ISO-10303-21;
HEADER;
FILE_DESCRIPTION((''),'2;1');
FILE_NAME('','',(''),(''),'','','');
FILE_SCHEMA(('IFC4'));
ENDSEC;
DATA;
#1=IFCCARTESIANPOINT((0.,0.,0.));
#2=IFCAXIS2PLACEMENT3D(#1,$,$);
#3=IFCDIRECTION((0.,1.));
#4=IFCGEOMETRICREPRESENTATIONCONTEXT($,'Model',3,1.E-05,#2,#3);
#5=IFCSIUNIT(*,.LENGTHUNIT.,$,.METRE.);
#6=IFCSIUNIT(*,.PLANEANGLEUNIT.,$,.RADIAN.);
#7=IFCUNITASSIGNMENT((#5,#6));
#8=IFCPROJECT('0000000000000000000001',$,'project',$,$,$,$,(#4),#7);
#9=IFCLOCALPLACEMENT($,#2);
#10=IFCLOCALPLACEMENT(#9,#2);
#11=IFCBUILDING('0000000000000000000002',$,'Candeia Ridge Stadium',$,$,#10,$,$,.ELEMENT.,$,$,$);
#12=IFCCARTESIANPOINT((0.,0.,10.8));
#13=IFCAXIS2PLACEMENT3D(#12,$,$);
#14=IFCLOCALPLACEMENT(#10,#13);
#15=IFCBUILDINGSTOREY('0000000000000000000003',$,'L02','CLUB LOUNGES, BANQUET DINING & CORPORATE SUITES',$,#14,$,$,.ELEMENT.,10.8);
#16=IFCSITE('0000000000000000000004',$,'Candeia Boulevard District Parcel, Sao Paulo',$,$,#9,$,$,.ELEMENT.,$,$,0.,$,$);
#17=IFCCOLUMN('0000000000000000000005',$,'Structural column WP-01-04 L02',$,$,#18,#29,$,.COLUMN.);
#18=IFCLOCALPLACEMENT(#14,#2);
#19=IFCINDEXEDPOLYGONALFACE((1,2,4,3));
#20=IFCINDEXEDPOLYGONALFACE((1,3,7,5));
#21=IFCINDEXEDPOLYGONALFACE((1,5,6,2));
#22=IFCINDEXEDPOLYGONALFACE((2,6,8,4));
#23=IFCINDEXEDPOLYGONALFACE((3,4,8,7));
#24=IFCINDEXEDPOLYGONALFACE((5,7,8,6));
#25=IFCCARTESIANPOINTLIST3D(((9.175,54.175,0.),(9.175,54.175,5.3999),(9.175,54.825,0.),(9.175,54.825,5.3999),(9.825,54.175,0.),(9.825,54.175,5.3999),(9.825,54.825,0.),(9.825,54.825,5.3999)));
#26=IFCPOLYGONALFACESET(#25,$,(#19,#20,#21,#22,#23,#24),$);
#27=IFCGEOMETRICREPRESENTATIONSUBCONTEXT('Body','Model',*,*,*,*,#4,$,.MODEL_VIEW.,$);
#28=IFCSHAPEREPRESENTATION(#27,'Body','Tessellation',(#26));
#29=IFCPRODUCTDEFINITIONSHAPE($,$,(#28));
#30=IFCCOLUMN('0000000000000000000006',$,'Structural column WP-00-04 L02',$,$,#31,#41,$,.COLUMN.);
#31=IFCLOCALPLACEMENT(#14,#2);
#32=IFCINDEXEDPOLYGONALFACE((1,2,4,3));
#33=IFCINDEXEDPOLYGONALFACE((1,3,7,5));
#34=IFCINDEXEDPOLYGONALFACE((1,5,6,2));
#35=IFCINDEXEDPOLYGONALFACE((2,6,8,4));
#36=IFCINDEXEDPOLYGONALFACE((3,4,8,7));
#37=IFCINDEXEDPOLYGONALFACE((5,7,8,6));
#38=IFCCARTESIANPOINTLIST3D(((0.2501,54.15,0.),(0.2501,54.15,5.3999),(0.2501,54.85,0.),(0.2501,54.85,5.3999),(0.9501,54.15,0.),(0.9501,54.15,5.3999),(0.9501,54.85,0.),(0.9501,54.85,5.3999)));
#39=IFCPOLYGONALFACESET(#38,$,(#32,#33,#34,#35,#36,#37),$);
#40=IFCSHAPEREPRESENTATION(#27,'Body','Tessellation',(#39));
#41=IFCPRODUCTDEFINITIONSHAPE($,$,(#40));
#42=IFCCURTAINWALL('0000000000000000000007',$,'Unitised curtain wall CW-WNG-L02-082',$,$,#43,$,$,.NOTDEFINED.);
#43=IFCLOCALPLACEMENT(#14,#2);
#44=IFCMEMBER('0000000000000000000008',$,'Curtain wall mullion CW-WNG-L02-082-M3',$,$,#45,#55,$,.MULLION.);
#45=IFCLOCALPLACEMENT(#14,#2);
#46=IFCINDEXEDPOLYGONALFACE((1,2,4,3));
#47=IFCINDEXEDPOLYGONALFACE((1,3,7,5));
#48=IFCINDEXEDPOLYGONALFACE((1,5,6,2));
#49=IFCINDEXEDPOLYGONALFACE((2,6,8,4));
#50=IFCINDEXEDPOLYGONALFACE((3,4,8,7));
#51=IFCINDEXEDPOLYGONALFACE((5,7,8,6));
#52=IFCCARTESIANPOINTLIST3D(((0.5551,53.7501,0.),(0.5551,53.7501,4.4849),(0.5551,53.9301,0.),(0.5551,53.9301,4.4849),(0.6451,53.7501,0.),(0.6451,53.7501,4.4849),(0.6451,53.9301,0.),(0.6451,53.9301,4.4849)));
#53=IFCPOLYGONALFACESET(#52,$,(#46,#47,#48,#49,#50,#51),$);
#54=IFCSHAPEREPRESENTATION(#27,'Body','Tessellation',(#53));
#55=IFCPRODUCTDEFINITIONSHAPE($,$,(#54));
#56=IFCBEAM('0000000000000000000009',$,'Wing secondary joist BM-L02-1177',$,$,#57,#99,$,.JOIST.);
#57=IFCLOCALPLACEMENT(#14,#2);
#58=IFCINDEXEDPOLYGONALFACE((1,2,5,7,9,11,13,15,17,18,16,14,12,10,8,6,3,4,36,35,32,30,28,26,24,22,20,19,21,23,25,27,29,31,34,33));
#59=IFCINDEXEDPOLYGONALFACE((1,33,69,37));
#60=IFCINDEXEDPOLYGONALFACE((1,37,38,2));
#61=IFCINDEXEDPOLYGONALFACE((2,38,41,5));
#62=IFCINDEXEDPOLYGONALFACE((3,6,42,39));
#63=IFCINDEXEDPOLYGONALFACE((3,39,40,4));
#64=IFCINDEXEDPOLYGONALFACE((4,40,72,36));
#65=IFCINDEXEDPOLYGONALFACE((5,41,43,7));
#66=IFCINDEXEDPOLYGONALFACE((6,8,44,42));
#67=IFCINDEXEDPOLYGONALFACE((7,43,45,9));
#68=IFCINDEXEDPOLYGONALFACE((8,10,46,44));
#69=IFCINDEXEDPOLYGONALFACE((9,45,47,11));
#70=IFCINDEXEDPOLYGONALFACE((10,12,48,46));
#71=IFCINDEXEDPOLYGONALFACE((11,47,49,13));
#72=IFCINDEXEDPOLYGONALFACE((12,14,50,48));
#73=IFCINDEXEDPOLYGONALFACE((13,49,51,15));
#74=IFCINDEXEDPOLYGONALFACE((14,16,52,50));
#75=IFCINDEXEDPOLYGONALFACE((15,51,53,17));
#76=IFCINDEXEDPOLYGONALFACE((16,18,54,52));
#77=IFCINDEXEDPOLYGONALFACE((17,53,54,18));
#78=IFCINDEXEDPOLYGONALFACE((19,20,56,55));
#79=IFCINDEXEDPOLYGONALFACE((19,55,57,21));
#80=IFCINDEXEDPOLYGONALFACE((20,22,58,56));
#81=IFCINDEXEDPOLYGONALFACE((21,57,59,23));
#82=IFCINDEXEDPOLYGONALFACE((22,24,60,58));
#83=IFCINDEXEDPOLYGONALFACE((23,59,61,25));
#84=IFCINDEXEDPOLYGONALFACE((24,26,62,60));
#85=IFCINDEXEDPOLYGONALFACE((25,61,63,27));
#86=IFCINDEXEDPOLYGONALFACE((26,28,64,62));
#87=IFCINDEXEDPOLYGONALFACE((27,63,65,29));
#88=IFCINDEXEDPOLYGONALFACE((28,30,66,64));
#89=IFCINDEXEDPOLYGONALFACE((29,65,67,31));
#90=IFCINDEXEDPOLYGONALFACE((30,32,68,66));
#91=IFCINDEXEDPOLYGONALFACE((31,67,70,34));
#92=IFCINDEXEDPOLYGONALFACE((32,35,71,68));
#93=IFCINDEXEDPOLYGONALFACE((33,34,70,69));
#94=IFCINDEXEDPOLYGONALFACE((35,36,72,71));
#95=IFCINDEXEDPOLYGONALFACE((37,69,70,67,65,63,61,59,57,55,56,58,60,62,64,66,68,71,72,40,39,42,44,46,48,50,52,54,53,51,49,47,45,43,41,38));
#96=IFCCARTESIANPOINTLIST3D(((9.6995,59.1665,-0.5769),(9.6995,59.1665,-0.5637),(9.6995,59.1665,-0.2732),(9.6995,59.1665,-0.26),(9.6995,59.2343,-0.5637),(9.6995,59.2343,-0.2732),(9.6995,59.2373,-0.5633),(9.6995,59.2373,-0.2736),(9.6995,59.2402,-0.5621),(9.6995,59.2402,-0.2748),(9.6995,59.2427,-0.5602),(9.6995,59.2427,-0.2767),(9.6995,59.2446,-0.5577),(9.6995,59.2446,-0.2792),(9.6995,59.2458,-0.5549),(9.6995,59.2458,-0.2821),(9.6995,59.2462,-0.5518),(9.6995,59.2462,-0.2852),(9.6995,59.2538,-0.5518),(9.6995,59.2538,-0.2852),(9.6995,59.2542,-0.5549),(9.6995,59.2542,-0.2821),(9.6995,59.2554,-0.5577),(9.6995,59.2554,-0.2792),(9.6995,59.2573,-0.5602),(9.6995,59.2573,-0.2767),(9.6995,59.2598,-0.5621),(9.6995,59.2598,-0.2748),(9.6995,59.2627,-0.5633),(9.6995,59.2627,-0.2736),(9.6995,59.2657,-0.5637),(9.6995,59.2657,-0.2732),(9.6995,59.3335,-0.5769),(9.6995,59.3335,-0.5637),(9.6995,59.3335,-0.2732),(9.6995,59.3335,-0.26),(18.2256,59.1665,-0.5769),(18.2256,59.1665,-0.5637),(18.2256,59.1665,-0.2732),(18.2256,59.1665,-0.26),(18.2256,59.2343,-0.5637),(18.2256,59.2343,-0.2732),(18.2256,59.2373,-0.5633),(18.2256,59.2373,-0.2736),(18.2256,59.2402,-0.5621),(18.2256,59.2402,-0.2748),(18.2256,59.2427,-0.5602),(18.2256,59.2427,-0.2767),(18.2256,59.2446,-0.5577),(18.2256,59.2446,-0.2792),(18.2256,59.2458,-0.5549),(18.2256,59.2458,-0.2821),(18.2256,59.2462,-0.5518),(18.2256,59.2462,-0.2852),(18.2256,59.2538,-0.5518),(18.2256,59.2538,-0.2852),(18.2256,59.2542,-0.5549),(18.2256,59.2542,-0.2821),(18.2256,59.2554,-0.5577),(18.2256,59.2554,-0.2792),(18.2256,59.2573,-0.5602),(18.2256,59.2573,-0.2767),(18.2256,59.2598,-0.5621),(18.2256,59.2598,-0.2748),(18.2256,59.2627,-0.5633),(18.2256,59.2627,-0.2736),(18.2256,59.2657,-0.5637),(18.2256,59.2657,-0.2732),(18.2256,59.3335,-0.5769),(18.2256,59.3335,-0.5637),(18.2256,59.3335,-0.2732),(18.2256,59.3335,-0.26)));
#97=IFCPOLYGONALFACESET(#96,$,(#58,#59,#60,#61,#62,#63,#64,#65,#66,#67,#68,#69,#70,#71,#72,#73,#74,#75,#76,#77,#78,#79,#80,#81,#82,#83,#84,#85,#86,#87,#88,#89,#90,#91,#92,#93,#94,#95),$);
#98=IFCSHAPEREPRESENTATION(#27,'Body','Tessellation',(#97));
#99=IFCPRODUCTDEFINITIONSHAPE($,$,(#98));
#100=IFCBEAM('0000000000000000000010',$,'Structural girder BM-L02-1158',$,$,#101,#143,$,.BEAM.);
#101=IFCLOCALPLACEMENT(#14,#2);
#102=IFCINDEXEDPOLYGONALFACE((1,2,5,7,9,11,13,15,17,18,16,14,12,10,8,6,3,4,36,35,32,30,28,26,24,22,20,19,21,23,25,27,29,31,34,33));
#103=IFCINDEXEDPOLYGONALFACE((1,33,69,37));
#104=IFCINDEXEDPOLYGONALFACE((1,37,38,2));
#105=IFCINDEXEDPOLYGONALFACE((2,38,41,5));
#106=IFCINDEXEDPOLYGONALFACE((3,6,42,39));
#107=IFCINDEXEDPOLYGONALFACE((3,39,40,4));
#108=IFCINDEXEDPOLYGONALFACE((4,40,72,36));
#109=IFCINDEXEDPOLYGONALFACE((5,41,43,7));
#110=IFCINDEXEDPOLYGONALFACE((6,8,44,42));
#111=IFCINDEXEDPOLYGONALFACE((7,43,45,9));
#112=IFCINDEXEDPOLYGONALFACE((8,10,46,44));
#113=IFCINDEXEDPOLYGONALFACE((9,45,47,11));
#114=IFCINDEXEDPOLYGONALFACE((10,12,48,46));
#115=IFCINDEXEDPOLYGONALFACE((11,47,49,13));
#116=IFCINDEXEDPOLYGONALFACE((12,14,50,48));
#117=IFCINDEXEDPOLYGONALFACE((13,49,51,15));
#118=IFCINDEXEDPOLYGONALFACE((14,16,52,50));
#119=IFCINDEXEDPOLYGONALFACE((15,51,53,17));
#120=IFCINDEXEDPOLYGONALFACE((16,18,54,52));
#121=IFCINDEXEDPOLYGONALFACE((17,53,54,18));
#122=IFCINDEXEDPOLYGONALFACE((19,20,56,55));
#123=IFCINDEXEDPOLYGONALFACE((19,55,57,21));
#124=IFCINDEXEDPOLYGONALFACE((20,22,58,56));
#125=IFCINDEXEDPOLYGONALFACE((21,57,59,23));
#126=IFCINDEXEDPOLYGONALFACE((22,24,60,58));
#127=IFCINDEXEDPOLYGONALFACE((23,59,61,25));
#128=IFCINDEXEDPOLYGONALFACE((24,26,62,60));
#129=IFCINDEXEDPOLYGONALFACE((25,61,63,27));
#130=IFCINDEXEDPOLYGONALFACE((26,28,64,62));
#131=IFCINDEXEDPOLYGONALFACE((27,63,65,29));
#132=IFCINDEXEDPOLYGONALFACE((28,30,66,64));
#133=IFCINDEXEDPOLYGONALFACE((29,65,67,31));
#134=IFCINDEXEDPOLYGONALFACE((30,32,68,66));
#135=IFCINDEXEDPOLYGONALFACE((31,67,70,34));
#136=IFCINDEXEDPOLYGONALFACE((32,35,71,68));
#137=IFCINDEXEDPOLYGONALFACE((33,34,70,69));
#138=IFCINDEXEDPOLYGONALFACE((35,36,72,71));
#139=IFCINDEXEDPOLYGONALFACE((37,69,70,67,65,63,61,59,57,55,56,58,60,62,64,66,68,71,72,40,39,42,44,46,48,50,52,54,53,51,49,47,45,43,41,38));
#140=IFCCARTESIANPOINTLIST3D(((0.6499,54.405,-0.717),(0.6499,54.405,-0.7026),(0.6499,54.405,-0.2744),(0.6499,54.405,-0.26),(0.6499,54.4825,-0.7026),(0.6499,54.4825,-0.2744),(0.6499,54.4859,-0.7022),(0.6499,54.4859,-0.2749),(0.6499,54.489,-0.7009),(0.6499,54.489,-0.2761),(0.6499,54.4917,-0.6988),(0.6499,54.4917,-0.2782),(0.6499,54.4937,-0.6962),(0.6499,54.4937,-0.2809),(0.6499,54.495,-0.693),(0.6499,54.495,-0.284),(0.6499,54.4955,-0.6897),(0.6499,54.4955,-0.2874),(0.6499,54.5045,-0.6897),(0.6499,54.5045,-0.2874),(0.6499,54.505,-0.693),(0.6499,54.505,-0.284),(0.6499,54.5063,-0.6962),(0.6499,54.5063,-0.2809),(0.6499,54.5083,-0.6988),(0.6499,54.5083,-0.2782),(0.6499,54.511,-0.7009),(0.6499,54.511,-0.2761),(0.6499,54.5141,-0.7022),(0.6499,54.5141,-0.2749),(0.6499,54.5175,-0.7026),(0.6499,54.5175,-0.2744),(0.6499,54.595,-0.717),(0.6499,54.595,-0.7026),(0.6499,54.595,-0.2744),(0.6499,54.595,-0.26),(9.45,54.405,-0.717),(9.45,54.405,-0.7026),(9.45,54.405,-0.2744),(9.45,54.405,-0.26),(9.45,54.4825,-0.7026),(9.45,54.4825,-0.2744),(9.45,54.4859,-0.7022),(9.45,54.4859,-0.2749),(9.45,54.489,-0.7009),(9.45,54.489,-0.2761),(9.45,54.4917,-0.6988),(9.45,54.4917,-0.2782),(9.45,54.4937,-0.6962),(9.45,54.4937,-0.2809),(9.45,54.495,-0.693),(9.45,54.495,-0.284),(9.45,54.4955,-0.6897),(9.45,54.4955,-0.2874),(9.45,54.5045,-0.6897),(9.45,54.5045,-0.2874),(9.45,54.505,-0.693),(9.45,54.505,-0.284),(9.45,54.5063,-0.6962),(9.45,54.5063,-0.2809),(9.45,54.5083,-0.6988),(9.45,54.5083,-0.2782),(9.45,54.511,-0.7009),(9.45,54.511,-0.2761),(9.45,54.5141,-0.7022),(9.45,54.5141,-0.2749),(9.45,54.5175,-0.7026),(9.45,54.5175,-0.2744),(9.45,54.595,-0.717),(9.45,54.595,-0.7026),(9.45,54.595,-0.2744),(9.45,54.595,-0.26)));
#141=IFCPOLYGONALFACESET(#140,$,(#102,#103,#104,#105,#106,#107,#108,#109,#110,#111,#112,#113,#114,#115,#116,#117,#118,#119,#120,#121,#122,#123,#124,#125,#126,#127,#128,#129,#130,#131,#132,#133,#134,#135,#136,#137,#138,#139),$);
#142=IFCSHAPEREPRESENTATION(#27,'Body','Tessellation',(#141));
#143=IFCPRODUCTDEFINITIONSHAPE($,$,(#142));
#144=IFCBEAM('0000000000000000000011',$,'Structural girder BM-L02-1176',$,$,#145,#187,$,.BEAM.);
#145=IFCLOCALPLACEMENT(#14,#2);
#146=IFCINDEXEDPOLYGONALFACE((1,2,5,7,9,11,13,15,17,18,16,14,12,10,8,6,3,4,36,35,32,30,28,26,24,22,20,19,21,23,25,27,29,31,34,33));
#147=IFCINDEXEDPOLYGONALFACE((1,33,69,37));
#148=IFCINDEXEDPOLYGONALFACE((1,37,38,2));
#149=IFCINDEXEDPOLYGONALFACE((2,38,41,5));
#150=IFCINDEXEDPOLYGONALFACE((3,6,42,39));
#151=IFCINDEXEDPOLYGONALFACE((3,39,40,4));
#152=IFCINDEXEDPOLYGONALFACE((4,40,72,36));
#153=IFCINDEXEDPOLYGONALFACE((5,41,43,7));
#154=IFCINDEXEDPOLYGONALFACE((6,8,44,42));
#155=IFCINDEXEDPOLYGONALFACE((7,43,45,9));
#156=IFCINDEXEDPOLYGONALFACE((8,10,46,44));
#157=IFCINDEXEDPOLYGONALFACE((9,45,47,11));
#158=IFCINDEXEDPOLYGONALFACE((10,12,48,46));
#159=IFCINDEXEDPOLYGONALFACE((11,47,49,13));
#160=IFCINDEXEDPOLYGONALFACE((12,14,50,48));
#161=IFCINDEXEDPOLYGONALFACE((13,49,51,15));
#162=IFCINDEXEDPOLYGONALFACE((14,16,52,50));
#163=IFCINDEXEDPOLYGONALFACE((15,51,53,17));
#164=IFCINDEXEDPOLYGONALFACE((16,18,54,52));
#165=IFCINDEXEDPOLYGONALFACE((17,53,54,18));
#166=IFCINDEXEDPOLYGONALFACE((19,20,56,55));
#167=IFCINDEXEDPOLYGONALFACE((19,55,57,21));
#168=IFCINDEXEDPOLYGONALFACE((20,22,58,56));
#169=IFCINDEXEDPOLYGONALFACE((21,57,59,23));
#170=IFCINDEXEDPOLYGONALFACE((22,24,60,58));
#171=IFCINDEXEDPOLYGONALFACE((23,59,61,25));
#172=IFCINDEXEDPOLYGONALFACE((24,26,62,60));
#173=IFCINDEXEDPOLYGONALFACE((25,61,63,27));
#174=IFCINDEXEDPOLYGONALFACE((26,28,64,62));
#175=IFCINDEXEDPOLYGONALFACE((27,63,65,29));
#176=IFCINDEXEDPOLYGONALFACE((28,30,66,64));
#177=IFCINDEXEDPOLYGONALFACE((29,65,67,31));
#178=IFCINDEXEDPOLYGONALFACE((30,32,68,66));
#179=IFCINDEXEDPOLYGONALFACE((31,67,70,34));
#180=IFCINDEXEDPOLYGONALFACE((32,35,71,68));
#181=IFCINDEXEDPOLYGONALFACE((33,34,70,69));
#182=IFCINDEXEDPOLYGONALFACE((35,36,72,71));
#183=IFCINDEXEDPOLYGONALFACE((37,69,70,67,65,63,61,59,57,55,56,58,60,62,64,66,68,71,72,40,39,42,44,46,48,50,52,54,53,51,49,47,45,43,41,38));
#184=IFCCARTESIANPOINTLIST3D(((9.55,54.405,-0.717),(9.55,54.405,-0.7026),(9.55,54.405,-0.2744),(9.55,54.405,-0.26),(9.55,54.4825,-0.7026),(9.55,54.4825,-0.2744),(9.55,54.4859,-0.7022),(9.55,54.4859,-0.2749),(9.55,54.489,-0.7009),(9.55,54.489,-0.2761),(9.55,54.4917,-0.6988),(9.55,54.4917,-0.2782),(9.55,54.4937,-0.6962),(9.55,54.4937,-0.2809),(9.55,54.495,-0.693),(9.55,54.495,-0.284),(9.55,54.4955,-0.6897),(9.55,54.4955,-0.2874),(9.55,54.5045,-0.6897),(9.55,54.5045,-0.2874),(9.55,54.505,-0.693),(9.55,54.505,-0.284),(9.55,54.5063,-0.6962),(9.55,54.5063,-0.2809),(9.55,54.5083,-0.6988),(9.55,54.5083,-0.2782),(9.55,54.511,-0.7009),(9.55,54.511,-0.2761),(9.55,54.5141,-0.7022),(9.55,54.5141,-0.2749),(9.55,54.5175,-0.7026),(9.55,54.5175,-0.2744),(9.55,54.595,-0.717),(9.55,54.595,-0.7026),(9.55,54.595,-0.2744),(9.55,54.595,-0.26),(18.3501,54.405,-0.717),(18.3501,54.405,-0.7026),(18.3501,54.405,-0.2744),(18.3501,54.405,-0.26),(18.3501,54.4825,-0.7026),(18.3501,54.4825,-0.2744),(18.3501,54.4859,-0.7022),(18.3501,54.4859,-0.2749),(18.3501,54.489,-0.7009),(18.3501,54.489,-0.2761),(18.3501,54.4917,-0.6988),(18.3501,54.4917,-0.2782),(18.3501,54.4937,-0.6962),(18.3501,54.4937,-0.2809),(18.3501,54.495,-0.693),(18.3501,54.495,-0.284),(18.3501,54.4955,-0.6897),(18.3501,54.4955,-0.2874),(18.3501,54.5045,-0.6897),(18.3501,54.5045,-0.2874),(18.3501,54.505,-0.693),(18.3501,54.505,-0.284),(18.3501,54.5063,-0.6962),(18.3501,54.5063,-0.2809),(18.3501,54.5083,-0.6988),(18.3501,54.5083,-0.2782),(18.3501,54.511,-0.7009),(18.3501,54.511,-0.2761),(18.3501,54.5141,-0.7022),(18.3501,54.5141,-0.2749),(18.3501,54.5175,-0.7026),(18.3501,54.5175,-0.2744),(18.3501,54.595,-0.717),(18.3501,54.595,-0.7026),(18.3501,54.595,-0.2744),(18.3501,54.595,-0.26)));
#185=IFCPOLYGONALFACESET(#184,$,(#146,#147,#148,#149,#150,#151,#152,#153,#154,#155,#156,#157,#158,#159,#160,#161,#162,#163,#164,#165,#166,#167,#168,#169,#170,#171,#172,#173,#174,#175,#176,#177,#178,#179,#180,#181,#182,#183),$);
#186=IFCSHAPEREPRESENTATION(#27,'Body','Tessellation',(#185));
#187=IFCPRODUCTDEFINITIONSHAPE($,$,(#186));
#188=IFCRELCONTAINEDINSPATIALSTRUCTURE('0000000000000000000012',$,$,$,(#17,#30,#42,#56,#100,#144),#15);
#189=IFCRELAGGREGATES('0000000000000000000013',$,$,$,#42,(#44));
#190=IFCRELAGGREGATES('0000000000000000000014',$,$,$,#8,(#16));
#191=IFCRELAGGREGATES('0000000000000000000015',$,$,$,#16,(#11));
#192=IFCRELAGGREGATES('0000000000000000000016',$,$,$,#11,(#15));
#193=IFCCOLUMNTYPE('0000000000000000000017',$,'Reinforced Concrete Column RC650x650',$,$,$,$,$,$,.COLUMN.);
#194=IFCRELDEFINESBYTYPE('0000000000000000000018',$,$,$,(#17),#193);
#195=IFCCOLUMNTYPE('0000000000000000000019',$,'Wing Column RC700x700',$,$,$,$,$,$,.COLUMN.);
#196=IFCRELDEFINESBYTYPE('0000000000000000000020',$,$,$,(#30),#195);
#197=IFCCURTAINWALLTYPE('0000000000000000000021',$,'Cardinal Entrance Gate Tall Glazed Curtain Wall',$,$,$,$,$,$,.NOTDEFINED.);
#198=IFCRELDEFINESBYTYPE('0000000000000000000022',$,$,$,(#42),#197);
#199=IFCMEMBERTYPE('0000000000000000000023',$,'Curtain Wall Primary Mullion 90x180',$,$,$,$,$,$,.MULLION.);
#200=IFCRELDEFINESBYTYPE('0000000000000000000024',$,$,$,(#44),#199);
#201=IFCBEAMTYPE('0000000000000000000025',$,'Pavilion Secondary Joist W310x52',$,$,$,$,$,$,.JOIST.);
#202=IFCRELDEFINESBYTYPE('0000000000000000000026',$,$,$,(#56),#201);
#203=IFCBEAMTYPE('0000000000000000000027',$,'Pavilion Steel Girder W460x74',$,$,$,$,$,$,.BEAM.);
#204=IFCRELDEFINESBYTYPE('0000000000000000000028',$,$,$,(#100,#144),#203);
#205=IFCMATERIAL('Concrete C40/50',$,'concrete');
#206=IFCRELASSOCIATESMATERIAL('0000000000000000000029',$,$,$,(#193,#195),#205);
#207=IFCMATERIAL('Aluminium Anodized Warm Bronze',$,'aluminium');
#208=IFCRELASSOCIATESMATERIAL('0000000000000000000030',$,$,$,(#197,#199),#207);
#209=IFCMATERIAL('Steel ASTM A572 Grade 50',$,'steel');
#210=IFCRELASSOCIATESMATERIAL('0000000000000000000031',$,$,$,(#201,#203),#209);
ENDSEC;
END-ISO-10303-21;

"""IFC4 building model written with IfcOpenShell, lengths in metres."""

from ifc_helpers import new_model, si_unit, direction, frame, origin, origin_2d, place, context, subcontext, project, spatial, rectangle, i_section, extrude, material, material_profile, profile_set, type_object, element, aggregate, save


model = new_model("IFC4")

# Units and contexts
model_context = context("Model", 3, precision=1e-05, world=origin(), true_north=direction((0.0, 1.0)))
body_context = subcontext(model_context, "Body", "Model", "MODEL_VIEW")
ifc_project = project(units=[si_unit("LENGTHUNIT", "METRE"), si_unit("PLANEANGLEUNIT", "RADIAN")], contexts=[model_context])

# Site, building, storey
site_placement = place(None, origin())
site = spatial("IfcSite", under=ifc_project, at=site_placement, Name="Candeia Boulevard District Parcel, Sao Paulo", CompositionType="ELEMENT", RefElevation=0.0)
building_placement = place(site_placement, origin())
building = spatial("IfcBuilding", under=site, at=building_placement, Name="Candeia Ridge Stadium", CompositionType="ELEMENT")
storey_placement = place(building_placement, frame((0.0, 0.0, 10.8)))
storey = spatial("IfcBuildingStorey", under=building, at=storey_placement, Name="L02", Description="CLUB LOUNGES, BANQUET DINING & CORPORATE SUITES", CompositionType="ELEMENT", Elevation=10.8)

# Columns
ifc_material_1 = material(Name="Concrete C40/50", Category="concrete")
ifc_material_profile_1 = material_profile(ifc_material_1, rectangle(XDim=0.6499, YDim=0.6499, at=origin_2d()), Name="RC650x650", Category="concrete")
ifc_profile_set_1 = profile_set([ifc_material_profile_1], Name="Concrete C40/50")
column_type_1 = type_object("IfcColumnType", Name="Reinforced Concrete Column RC650x650", PredefinedType="COLUMN", material=ifc_profile_set_1)
column_1_placement = place(storey_placement, frame((9.5, 54.5, 0.0), z_axis=(0.0, 0.0, 1.0), x_axis=(1.0, 0.0, 0.0)))
element("IfcColumn", 1, at=column_1_placement, inside=storey, type_object=column_type_1, Name="Structural column WP-01-04 L02", PredefinedType="COLUMN", context=body_context, shape_type="SweptSolid", body=[
    extrude(rectangle(XDim=0.6499, YDim=0.6499, at=origin_2d()), origin(), (0.0, 0.0, 1.0), 5.3999),
])
ifc_material_profile_2 = material_profile(ifc_material_1, rectangle(XDim=0.7, YDim=0.7, at=origin_2d()), Name="RC700x700", Category="concrete")
ifc_profile_set_2 = profile_set([ifc_material_profile_2], Name="Concrete C40/50")
column_type_2 = type_object("IfcColumnType", Name="Wing Column RC700x700", PredefinedType="COLUMN", material=ifc_profile_set_2)
column_2_placement = place(storey_placement, frame((0.6001, 54.5, 0.0), z_axis=(0.0, 0.0, 1.0), x_axis=(1.0, 0.0, 0.0)))
element("IfcColumn", 2, at=column_2_placement, inside=storey, type_object=column_type_2, Name="Structural column WP-00-04 L02", PredefinedType="COLUMN", context=body_context, shape_type="SweptSolid", body=[
    extrude(rectangle(XDim=0.7, YDim=0.7, at=origin_2d()), origin(), (0.0, 0.0, 1.0), 5.3999),
])

# Curtain wall, member
ifc_material_2 = material(Name="Aluminium Anodized Warm Bronze", Category="aluminium")
curtain_wall_type = type_object("IfcCurtainWallType", Name="Cardinal Entrance Gate Tall Glazed Curtain Wall", PredefinedType="NOTDEFINED", material=ifc_material_2)
curtain_wall_placement = place(storey_placement, origin())
curtain_wall = element("IfcCurtainWall", 3, at=curtain_wall_placement, inside=storey, type_object=curtain_wall_type, Name="Unitised curtain wall CW-WNG-L02-082", PredefinedType="NOTDEFINED")
ifc_material_profile_3 = material_profile(ifc_material_2, rectangle(XDim=0.0901, YDim=0.1799, at=origin_2d()), Name="CWM-90x180", Category="aluminium")
ifc_profile_set_3 = profile_set([ifc_material_profile_3], Name="Aluminium Anodized Warm Bronze")
member_type = type_object("IfcMemberType", Name="Curtain Wall Primary Mullion 90x180", PredefinedType="MULLION", material=ifc_profile_set_3)
member_placement = place(storey_placement, frame((0.6001, 53.8401, 0.0), z_axis=(0.0, 0.0, 1.0), x_axis=(1.0, 0.0, 0.0)))
member = element("IfcMember", 4, at=member_placement, type_object=member_type, Name="Curtain wall mullion CW-WNG-L02-082-M3", PredefinedType="MULLION", context=body_context, shape_type="SweptSolid", body=[
    extrude(rectangle(XDim=0.0901, YDim=0.1799, at=origin_2d()), origin(), (0.0, 0.0, 1.0), 4.4849),
])

# Beams
ifc_material_3 = material(Name="Steel ASTM A572 Grade 50", Category="steel")
ifc_material_profile_4 = material_profile(ifc_material_3, i_section(OverallWidth=0.167, OverallDepth=0.3169, WebThickness=0.0076, FlangeThickness=0.0132, FilletRadius=0.012, at=origin_2d()), Name="W310x52", Category="steel")
ifc_profile_set_4 = profile_set([ifc_material_profile_4], Name="Steel ASTM A572 Grade 50")
beam_type_1 = type_object("IfcBeamType", Name="Pavilion Secondary Joist W310x52", PredefinedType="JOIST", material=ifc_profile_set_4)
beam_1_placement = place(storey_placement, frame((9.6995, 59.25, -0.4185), z_axis=(1.0, 0.0, 0.0), x_axis=(0.0, 1.0, 0.0)))
element("IfcBeam", 5, at=beam_1_placement, inside=storey, type_object=beam_type_1, Name="Wing secondary joist BM-L02-1177", PredefinedType="JOIST", context=body_context, shape_type="SweptSolid", body=[
    extrude(i_section(OverallWidth=0.167, OverallDepth=0.3169, WebThickness=0.0076, FlangeThickness=0.0132, FilletRadius=0.012, at=origin_2d()), origin(), (0.0, 0.0, 1.0), 8.5261),
])
ifc_material_profile_5 = material_profile(ifc_material_3, i_section(OverallWidth=0.1899, OverallDepth=0.457, WebThickness=0.009, FlangeThickness=0.0144, FilletRadius=0.0129, at=origin_2d()), Name="W460x74", Category="steel")
ifc_profile_set_5 = profile_set([ifc_material_profile_5], Name="Steel ASTM A572 Grade 50")
beam_type_2 = type_object("IfcBeamType", Name="Pavilion Steel Girder W460x74", PredefinedType="BEAM", material=ifc_profile_set_5)
for number, where, z_axis, x_axis, name in (
    (6, (0.6499, 54.5, -0.4885), (1.0, 0.0, 0.0), (0.0, 1.0, 0.0), "Structural girder BM-L02-1158"),
    (7, (9.55, 54.5, -0.4885), (1.0, 0.0, 0.0), (0.0, 1.0, 0.0), "Structural girder BM-L02-1176"),
):
    element("IfcBeam", number, at=place(storey_placement, frame(where, z_axis=z_axis, x_axis=x_axis)), inside=storey, type_object=beam_type_2, Name=name, PredefinedType="BEAM", context=body_context, shape_type="SweptSolid", body=[
        extrude(i_section(OverallWidth=0.1899, OverallDepth=0.457, WebThickness=0.009, FlangeThickness=0.0144, FilletRadius=0.0129, at=origin_2d()), origin(), (0.0, 0.0, 1.0), 8.8),
    ])

aggregate(curtain_wall, [member])

save(model, "model.ifc")
